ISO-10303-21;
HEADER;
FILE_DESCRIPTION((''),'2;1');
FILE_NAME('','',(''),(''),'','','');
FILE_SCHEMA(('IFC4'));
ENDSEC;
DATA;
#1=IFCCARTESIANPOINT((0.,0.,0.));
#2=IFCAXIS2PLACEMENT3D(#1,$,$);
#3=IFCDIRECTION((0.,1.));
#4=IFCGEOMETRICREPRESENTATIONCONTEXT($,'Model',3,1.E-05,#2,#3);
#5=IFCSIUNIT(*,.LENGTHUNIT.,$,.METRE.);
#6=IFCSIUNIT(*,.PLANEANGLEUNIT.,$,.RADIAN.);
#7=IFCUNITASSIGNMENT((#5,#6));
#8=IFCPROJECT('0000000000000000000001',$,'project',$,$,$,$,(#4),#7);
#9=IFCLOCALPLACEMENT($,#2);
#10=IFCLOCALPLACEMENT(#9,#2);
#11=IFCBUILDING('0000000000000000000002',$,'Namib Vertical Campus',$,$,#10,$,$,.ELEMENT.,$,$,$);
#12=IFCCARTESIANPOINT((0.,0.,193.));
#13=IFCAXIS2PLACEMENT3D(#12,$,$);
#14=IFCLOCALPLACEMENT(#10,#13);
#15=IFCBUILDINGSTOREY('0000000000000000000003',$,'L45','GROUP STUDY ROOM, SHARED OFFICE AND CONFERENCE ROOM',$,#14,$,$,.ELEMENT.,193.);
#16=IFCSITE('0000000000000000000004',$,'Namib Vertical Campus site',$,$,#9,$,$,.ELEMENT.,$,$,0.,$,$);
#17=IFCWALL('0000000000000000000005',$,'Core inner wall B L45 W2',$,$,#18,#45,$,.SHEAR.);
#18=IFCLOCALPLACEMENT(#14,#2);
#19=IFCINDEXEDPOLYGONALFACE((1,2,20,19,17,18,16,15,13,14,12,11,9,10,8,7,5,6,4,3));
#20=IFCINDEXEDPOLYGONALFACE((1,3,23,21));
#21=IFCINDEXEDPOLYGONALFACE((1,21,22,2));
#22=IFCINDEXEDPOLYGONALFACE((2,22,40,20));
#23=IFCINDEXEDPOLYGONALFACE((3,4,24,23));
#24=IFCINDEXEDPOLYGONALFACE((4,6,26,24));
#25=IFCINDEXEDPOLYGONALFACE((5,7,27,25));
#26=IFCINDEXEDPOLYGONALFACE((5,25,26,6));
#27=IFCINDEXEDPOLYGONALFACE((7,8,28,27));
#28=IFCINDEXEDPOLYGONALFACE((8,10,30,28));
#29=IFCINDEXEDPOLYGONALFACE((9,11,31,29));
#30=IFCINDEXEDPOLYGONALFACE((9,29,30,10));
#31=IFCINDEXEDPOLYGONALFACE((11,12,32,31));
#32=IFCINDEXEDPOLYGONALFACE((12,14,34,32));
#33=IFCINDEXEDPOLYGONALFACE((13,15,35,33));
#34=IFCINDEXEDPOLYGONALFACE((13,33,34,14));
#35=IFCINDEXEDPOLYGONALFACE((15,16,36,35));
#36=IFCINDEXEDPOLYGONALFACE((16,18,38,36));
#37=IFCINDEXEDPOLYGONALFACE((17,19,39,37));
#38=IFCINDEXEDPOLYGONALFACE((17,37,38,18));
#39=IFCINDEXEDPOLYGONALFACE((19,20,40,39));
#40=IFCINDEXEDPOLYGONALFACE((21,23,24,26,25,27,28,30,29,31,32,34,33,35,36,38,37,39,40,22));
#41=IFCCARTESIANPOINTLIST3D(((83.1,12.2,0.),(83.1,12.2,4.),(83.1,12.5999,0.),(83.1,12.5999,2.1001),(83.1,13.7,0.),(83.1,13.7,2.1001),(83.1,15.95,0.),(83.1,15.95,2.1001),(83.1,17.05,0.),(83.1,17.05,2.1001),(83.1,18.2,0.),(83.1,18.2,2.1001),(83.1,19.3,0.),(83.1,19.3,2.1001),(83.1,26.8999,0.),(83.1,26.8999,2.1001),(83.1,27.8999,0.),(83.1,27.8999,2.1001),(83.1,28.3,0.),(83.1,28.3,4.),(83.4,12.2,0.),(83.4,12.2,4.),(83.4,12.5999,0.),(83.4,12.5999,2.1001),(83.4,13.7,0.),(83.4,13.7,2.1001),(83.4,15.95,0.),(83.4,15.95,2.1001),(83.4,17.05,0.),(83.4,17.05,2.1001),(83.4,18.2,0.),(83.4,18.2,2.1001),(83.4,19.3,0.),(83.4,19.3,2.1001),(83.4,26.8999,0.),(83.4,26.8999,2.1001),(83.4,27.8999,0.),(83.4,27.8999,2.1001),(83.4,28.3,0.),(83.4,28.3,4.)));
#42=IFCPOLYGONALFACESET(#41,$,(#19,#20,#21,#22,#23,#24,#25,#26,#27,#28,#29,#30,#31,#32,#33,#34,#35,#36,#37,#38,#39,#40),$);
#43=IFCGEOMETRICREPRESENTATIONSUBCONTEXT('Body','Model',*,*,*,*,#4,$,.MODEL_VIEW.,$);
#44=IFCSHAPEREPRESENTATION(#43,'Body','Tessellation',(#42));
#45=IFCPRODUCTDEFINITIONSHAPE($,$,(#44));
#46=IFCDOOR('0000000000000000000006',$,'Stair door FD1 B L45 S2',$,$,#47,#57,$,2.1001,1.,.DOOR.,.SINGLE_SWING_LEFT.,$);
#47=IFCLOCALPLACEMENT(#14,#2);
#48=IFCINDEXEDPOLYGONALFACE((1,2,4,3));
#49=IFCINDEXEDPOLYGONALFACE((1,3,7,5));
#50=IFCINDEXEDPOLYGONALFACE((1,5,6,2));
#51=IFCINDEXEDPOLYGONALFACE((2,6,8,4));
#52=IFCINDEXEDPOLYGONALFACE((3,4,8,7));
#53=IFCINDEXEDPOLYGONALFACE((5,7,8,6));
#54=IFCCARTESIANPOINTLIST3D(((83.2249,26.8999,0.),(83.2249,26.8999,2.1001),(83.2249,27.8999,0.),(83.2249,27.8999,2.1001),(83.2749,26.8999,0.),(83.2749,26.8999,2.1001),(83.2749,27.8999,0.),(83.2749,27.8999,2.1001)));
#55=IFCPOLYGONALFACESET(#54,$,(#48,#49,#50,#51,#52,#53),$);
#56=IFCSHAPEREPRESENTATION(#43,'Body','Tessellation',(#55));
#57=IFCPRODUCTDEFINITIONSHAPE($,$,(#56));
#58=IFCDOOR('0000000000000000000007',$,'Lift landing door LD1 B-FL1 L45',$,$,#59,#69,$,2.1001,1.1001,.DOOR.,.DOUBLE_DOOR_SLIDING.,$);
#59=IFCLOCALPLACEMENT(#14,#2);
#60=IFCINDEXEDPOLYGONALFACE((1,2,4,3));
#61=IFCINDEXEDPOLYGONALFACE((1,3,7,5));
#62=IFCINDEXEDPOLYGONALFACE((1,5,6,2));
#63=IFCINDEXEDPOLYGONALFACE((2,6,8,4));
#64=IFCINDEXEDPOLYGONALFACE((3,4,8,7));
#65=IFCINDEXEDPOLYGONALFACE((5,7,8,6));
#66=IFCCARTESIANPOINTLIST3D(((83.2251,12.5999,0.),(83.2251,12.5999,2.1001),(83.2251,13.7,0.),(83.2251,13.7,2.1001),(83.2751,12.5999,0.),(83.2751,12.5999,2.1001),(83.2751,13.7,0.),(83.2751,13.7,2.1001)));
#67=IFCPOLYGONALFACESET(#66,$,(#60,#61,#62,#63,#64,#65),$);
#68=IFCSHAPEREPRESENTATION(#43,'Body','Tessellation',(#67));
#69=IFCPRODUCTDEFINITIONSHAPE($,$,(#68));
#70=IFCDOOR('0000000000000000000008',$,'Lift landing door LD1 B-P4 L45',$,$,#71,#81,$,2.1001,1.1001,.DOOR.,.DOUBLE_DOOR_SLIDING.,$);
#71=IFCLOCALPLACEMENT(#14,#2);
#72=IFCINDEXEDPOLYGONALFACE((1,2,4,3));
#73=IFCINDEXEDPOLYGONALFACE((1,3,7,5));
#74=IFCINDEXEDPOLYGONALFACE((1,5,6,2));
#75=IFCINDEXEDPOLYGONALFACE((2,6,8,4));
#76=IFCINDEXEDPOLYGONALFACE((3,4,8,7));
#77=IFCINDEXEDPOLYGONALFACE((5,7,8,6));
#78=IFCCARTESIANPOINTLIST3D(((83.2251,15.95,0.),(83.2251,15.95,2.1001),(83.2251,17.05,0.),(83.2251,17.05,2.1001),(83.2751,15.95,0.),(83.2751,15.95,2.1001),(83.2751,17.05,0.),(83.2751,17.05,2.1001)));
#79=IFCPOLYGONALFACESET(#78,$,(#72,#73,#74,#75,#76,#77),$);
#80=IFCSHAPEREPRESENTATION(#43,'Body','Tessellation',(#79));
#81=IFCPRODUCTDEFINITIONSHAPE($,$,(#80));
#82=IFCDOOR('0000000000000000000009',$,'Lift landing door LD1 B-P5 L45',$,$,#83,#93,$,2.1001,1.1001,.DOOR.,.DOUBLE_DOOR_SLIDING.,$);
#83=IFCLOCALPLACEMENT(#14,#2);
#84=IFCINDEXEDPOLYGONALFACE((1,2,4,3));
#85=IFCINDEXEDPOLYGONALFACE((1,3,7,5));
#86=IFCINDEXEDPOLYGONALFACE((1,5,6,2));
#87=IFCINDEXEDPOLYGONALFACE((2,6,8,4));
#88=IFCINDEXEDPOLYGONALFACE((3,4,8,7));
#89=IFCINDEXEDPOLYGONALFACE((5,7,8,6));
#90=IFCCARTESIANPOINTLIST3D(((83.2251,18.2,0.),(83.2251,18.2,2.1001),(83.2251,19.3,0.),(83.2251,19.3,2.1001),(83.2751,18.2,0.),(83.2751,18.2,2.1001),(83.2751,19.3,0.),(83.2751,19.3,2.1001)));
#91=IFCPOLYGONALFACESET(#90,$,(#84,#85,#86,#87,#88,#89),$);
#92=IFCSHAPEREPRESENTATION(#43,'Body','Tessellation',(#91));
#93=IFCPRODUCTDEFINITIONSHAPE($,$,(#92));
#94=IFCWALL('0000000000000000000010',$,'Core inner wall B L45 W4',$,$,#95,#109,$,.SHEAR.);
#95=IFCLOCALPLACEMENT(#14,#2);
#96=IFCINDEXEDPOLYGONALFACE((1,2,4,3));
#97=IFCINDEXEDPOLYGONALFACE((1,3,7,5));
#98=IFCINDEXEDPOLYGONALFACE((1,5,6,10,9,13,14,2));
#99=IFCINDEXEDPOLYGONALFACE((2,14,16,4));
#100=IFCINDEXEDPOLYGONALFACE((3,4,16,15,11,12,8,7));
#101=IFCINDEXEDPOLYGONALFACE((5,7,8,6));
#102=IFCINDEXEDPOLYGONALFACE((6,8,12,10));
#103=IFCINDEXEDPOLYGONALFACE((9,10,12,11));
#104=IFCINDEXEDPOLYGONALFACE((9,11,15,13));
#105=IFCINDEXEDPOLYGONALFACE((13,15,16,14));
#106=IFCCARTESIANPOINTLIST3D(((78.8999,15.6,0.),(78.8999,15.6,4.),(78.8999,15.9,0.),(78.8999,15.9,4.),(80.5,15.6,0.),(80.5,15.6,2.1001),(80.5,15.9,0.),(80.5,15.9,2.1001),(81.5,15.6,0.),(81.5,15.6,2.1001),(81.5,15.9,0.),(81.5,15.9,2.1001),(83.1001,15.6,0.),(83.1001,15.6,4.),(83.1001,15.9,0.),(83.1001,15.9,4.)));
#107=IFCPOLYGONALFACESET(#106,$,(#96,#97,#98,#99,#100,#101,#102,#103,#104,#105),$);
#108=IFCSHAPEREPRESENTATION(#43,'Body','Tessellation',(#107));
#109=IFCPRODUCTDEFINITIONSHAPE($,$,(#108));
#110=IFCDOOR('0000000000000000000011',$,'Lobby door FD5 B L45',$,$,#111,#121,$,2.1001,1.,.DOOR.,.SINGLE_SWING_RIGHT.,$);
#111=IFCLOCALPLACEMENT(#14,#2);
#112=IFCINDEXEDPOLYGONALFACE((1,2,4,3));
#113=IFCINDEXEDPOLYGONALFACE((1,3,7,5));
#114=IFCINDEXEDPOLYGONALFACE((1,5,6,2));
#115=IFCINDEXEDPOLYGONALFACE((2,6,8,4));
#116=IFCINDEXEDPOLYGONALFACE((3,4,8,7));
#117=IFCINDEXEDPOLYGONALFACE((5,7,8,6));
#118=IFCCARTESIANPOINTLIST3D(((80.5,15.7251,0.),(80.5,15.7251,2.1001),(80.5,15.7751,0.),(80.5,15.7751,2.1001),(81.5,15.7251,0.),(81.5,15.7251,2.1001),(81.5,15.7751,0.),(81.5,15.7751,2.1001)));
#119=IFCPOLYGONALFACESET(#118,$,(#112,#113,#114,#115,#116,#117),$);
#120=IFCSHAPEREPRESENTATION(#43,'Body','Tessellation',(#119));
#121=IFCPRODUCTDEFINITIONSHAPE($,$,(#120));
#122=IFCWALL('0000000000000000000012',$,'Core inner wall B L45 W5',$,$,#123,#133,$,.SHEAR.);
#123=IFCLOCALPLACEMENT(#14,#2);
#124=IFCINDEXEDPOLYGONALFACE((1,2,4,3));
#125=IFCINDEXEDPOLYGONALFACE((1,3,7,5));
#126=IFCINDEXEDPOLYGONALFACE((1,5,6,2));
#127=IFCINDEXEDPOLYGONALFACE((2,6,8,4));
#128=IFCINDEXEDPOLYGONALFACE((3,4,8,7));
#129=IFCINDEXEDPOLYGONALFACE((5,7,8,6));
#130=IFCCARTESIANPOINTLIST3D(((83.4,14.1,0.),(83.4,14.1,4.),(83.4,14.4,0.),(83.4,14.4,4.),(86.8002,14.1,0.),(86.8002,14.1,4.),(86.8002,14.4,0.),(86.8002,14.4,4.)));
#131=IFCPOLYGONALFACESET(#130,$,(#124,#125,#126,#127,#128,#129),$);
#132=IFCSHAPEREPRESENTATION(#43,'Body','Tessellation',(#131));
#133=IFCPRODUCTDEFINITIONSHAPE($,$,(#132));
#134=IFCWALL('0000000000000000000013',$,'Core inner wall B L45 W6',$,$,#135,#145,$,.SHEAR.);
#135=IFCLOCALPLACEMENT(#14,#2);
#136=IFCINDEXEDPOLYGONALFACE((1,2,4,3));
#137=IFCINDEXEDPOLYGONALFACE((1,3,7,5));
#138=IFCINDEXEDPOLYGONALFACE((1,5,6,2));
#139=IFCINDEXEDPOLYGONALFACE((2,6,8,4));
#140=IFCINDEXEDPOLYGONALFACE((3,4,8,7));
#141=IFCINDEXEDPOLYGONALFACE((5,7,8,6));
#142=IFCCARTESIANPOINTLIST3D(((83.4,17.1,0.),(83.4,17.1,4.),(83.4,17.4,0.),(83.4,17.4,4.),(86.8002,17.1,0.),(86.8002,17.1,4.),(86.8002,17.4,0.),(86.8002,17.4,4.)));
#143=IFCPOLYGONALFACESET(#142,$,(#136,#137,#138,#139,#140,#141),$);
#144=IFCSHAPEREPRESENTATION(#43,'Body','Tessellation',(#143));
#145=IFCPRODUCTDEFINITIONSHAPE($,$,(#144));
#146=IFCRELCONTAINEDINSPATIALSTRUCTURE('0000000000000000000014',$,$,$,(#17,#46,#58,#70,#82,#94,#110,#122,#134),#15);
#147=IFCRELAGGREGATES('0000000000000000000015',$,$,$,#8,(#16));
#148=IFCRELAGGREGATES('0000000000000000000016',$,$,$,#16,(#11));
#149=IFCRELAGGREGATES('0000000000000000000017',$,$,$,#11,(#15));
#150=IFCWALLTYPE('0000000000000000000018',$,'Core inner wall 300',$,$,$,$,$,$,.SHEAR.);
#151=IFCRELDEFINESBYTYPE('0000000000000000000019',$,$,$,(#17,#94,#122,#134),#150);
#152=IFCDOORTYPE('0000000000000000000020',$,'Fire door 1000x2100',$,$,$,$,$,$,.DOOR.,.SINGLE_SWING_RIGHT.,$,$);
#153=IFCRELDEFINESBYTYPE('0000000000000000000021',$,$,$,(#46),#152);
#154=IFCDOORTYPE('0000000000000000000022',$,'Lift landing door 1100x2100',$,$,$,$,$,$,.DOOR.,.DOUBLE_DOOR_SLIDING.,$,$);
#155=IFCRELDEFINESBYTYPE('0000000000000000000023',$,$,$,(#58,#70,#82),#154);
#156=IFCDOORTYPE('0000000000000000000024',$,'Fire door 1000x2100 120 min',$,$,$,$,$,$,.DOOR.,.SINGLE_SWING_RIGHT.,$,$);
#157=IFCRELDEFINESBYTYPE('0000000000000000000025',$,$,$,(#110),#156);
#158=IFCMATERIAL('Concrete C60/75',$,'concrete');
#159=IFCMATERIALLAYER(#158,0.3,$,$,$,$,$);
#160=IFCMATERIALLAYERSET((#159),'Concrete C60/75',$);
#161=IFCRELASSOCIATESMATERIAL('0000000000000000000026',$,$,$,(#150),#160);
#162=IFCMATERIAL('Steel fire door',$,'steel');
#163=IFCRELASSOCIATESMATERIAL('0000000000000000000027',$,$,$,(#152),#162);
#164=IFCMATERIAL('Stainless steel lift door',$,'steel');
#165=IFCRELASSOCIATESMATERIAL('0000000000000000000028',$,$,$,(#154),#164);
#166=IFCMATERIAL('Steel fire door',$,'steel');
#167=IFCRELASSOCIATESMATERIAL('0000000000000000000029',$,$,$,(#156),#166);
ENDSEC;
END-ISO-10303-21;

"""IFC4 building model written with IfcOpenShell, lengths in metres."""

from ifc_helpers import new_model, si_unit, direction, frame, frame_2d, origin, place, context, subcontext, project, spatial, rectangle, extrude, material, layer, layer_set, type_object, element, fill, save


model = new_model("IFC4")

# Units and contexts
model_context = context("Model", 3, precision=1e-05, world=origin(), true_north=direction((0.0, 1.0)))
body_context = subcontext(model_context, "Body", "Model", "MODEL_VIEW")
ifc_project = project(units=[si_unit("LENGTHUNIT", "METRE"), si_unit("PLANEANGLEUNIT", "RADIAN")], contexts=[model_context])

# Site, building, storey
site_placement = place(None, origin())
site = spatial("IfcSite", under=ifc_project, at=site_placement, Name="Namib Vertical Campus site", CompositionType="ELEMENT", RefElevation=0.0)
building_placement = place(site_placement, origin())
building = spatial("IfcBuilding", under=site, at=building_placement, Name="Namib Vertical Campus", CompositionType="ELEMENT")
storey_placement = place(building_placement, frame((0.0, 0.0, 193.0)))
storey = spatial("IfcBuildingStorey", under=building, at=storey_placement, Name="L45", Description="GROUP STUDY ROOM, SHARED OFFICE AND CONFERENCE ROOM", CompositionType="ELEMENT", Elevation=193.0)

# Wall, openings, doors
ifc_material_1 = material(Name="Concrete C60/75", Category="concrete")
ifc_layer_1 = layer(ifc_material_1, 0.3)
ifc_layer_set_1 = layer_set([ifc_layer_1], Name="Concrete C60/75")
wall_type_1 = type_object("IfcWallType", Name="Core inner wall 300", PredefinedType="SHEAR", material=ifc_layer_set_1)
ifc_material_2 = material(Name="Steel fire door", Category="steel")
door_type_1 = type_object("IfcDoorType", Name="Fire door 1000x2100", OperationType="SINGLE_SWING_RIGHT", PredefinedType="DOOR", material=ifc_material_2)
ifc_material_3 = material(Name="Stainless steel lift door", Category="steel")
door_type_2 = type_object("IfcDoorType", Name="Lift landing door 1100x2100", OperationType="DOUBLE_DOOR_SLIDING", PredefinedType="DOOR", material=ifc_material_3)
wall_1_placement = place(storey_placement, frame((83.25, 12.2, 0.0), z_axis=(0.0, 0.0, 1.0), x_axis=(0.0, 1.0, 0.0)))
wall_1 = element("IfcWall", 1, at=wall_1_placement, inside=storey, type_object=wall_type_1, Name="Core inner wall B L45 W2", PredefinedType="SHEAR", context=body_context, shape_type="SweptSolid", body=[
    extrude(rectangle(XDim=16.1001, YDim=0.3, at=frame_2d((8.05, 0.0))), origin(), (0.0, 0.0, 1.0), 4.0),
])
opening_1_placement = place(wall_1_placement, frame((14.7, 0.0, 0.0)))
opening_1 = element("IfcOpeningElement", 2, at=opening_1_placement, cuts=wall_1, PredefinedType="OPENING", context=body_context, shape_type="SweptSolid", body=[
    extrude(rectangle(XDim=1.0, YDim=2.1001, at=frame_2d((0.5, 1.05))), frame((0.0, 0.1599, 0.0), z_axis=(0.0, -1.0, 0.0), x_axis=(1.0, 0.0, 0.0)), (0.0, 0.0, 1.0), 0.3201),
])
opening_2_placement = place(wall_1_placement, frame((0.3999, 0.0, 0.0)))
opening_2 = element("IfcOpeningElement", 3, at=opening_2_placement, cuts=wall_1, PredefinedType="OPENING", context=body_context, shape_type="SweptSolid", body=[
    extrude(rectangle(XDim=1.1001, YDim=2.1001, at=frame_2d((0.55, 1.05))), frame((0.0, 0.1599, 0.0), z_axis=(0.0, -1.0, 0.0), x_axis=(1.0, 0.0, 0.0)), (0.0, 0.0, 1.0), 0.3201),
])
opening_3_placement = place(wall_1_placement, frame((3.75, 0.0, 0.0)))
opening_3 = element("IfcOpeningElement", 4, at=opening_3_placement, cuts=wall_1, PredefinedType="OPENING", context=body_context, shape_type="SweptSolid", body=[
    extrude(rectangle(XDim=1.1001, YDim=2.1001, at=frame_2d((0.55, 1.05))), frame((0.0, 0.1599, 0.0), z_axis=(0.0, -1.0, 0.0), x_axis=(1.0, 0.0, 0.0)), (0.0, 0.0, 1.0), 0.3201),
])
opening_4_placement = place(wall_1_placement, frame((6.0, 0.0, 0.0)))
opening_4 = element("IfcOpeningElement", 5, at=opening_4_placement, cuts=wall_1, PredefinedType="OPENING", context=body_context, shape_type="SweptSolid", body=[
    extrude(rectangle(XDim=1.1001, YDim=2.1001, at=frame_2d((0.55, 1.05))), frame((0.0, 0.1599, 0.0), z_axis=(0.0, -1.0, 0.0), x_axis=(1.0, 0.0, 0.0)), (0.0, 0.0, 1.0), 0.3201),
])
door_1_placement = place(opening_1_placement, frame((1.0, 0.0, 0.0), z_axis=(0.0, 0.0, 1.0), x_axis=(-1.0, 0.0, 0.0)))
door_1 = element("IfcDoor", 6, at=door_1_placement, inside=storey, type_object=door_type_1, Name="Stair door FD1 B L45 S2", OperationType="SINGLE_SWING_LEFT", OverallHeight=2.1001, OverallWidth=1.0, PredefinedType="DOOR", context=body_context, shape_type="SweptSolid", body=[
    extrude(rectangle(XDim=1.0, YDim=2.1001, at=frame_2d((0.5, 1.05))), frame((0.0, 0.0249, 0.0), z_axis=(0.0, -1.0, 0.0), x_axis=(1.0, 0.0, 0.0)), (0.0, 0.0, 1.0), 0.05),
])
fill(opening_1, door_1)
door_2_placement = place(opening_2_placement, origin())
door_2 = element("IfcDoor", 7, at=door_2_placement, inside=storey, type_object=door_type_2, Name="Lift landing door LD1 B-FL1 L45", OperationType="DOUBLE_DOOR_SLIDING", OverallHeight=2.1001, OverallWidth=1.1001, PredefinedType="DOOR", context=body_context, shape_type="SweptSolid", body=[
    extrude(rectangle(XDim=1.1001, YDim=2.1001, at=frame_2d((0.55, 1.05))), frame((0.0, 0.0249, 0.0), z_axis=(0.0, -1.0, 0.0), x_axis=(1.0, 0.0, 0.0)), (0.0, 0.0, 1.0), 0.05),
])
fill(opening_2, door_2)
door_3_placement = place(opening_3_placement, origin())
door_3 = element("IfcDoor", 8, at=door_3_placement, inside=storey, type_object=door_type_2, Name="Lift landing door LD1 B-P4 L45", OperationType="DOUBLE_DOOR_SLIDING", OverallHeight=2.1001, OverallWidth=1.1001, PredefinedType="DOOR", context=body_context, shape_type="SweptSolid", body=[
    extrude(rectangle(XDim=1.1001, YDim=2.1001, at=frame_2d((0.55, 1.05))), frame((0.0, 0.0249, 0.0), z_axis=(0.0, -1.0, 0.0), x_axis=(1.0, 0.0, 0.0)), (0.0, 0.0, 1.0), 0.05),
])
fill(opening_3, door_3)
door_4_placement = place(opening_4_placement, origin())
door_4 = element("IfcDoor", 9, at=door_4_placement, inside=storey, type_object=door_type_2, Name="Lift landing door LD1 B-P5 L45", OperationType="DOUBLE_DOOR_SLIDING", OverallHeight=2.1001, OverallWidth=1.1001, PredefinedType="DOOR", context=body_context, shape_type="SweptSolid", body=[
    extrude(rectangle(XDim=1.1001, YDim=2.1001, at=frame_2d((0.55, 1.05))), frame((0.0, 0.0249, 0.0), z_axis=(0.0, -1.0, 0.0), x_axis=(1.0, 0.0, 0.0)), (0.0, 0.0, 1.0), 0.05),
])
fill(opening_4, door_4)

# Wall, opening, door
wall_2_placement = place(storey_placement, frame((78.8999, 15.75, 0.0), z_axis=(0.0, 0.0, 1.0), x_axis=(1.0, 0.0, 0.0)))
wall_2 = element("IfcWall", 10, at=wall_2_placement, inside=storey, type_object=wall_type_1, Name="Core inner wall B L45 W4", PredefinedType="SHEAR", context=body_context, shape_type="SweptSolid", body=[
    extrude(rectangle(XDim=4.2002, YDim=0.3, at=frame_2d((2.1001, 0.0))), origin(), (0.0, 0.0, 1.0), 4.0),
])
opening_5_placement = place(wall_2_placement, frame((1.6001, 0.0, 0.0)))
opening_5 = element("IfcOpeningElement", 11, at=opening_5_placement, cuts=wall_2, PredefinedType="OPENING", context=body_context, shape_type="SweptSolid", body=[
    extrude(rectangle(XDim=1.0, YDim=2.1001, at=frame_2d((0.5, 1.05))), frame((0.0, 0.1599, 0.0), z_axis=(0.0, -1.0, 0.0), x_axis=(1.0, 0.0, 0.0)), (0.0, 0.0, 1.0), 0.3201),
])
ifc_material_4 = material(Name="Steel fire door", Category="steel")
door_type_3 = type_object("IfcDoorType", Name="Fire door 1000x2100 120 min", OperationType="SINGLE_SWING_RIGHT", PredefinedType="DOOR", material=ifc_material_4)
door_5_placement = place(opening_5_placement, frame((1.0, 0.0, 0.0), z_axis=(0.0, 0.0, 1.0), x_axis=(-1.0, 0.0, 0.0)))
door_5 = element("IfcDoor", 12, at=door_5_placement, inside=storey, type_object=door_type_3, Name="Lobby door FD5 B L45", OperationType="SINGLE_SWING_RIGHT", OverallHeight=2.1001, OverallWidth=1.0, PredefinedType="DOOR", context=body_context, shape_type="SweptSolid", body=[
    extrude(rectangle(XDim=1.0, YDim=2.1001, at=frame_2d((0.5, 1.05))), frame((0.0, 0.0249, 0.0), z_axis=(0.0, -1.0, 0.0), x_axis=(1.0, 0.0, 0.0)), (0.0, 0.0, 1.0), 0.05),
])
fill(opening_5, door_5)

# Walls
for number, where, z_axis, x_axis, name in (
    (13, (83.3999, 14.25, 0.0), (0.0, 0.0, 1.0), (1.0, 0.0, 0.0), "Core inner wall B L45 W5"),
    (14, (83.3999, 17.25, 0.0), (0.0, 0.0, 1.0), (1.0, 0.0, 0.0), "Core inner wall B L45 W6"),
):
    element("IfcWall", number, at=place(storey_placement, frame(where, z_axis=z_axis, x_axis=x_axis)), inside=storey, type_object=wall_type_1, Name=name, PredefinedType="SHEAR", context=body_context, shape_type="SweptSolid", body=[
        extrude(rectangle(XDim=3.4001, YDim=0.3, at=frame_2d((1.7002, 0.0))), origin(), (0.0, 0.0, 1.0), 4.0),
    ])

save(model, "model.ifc")
